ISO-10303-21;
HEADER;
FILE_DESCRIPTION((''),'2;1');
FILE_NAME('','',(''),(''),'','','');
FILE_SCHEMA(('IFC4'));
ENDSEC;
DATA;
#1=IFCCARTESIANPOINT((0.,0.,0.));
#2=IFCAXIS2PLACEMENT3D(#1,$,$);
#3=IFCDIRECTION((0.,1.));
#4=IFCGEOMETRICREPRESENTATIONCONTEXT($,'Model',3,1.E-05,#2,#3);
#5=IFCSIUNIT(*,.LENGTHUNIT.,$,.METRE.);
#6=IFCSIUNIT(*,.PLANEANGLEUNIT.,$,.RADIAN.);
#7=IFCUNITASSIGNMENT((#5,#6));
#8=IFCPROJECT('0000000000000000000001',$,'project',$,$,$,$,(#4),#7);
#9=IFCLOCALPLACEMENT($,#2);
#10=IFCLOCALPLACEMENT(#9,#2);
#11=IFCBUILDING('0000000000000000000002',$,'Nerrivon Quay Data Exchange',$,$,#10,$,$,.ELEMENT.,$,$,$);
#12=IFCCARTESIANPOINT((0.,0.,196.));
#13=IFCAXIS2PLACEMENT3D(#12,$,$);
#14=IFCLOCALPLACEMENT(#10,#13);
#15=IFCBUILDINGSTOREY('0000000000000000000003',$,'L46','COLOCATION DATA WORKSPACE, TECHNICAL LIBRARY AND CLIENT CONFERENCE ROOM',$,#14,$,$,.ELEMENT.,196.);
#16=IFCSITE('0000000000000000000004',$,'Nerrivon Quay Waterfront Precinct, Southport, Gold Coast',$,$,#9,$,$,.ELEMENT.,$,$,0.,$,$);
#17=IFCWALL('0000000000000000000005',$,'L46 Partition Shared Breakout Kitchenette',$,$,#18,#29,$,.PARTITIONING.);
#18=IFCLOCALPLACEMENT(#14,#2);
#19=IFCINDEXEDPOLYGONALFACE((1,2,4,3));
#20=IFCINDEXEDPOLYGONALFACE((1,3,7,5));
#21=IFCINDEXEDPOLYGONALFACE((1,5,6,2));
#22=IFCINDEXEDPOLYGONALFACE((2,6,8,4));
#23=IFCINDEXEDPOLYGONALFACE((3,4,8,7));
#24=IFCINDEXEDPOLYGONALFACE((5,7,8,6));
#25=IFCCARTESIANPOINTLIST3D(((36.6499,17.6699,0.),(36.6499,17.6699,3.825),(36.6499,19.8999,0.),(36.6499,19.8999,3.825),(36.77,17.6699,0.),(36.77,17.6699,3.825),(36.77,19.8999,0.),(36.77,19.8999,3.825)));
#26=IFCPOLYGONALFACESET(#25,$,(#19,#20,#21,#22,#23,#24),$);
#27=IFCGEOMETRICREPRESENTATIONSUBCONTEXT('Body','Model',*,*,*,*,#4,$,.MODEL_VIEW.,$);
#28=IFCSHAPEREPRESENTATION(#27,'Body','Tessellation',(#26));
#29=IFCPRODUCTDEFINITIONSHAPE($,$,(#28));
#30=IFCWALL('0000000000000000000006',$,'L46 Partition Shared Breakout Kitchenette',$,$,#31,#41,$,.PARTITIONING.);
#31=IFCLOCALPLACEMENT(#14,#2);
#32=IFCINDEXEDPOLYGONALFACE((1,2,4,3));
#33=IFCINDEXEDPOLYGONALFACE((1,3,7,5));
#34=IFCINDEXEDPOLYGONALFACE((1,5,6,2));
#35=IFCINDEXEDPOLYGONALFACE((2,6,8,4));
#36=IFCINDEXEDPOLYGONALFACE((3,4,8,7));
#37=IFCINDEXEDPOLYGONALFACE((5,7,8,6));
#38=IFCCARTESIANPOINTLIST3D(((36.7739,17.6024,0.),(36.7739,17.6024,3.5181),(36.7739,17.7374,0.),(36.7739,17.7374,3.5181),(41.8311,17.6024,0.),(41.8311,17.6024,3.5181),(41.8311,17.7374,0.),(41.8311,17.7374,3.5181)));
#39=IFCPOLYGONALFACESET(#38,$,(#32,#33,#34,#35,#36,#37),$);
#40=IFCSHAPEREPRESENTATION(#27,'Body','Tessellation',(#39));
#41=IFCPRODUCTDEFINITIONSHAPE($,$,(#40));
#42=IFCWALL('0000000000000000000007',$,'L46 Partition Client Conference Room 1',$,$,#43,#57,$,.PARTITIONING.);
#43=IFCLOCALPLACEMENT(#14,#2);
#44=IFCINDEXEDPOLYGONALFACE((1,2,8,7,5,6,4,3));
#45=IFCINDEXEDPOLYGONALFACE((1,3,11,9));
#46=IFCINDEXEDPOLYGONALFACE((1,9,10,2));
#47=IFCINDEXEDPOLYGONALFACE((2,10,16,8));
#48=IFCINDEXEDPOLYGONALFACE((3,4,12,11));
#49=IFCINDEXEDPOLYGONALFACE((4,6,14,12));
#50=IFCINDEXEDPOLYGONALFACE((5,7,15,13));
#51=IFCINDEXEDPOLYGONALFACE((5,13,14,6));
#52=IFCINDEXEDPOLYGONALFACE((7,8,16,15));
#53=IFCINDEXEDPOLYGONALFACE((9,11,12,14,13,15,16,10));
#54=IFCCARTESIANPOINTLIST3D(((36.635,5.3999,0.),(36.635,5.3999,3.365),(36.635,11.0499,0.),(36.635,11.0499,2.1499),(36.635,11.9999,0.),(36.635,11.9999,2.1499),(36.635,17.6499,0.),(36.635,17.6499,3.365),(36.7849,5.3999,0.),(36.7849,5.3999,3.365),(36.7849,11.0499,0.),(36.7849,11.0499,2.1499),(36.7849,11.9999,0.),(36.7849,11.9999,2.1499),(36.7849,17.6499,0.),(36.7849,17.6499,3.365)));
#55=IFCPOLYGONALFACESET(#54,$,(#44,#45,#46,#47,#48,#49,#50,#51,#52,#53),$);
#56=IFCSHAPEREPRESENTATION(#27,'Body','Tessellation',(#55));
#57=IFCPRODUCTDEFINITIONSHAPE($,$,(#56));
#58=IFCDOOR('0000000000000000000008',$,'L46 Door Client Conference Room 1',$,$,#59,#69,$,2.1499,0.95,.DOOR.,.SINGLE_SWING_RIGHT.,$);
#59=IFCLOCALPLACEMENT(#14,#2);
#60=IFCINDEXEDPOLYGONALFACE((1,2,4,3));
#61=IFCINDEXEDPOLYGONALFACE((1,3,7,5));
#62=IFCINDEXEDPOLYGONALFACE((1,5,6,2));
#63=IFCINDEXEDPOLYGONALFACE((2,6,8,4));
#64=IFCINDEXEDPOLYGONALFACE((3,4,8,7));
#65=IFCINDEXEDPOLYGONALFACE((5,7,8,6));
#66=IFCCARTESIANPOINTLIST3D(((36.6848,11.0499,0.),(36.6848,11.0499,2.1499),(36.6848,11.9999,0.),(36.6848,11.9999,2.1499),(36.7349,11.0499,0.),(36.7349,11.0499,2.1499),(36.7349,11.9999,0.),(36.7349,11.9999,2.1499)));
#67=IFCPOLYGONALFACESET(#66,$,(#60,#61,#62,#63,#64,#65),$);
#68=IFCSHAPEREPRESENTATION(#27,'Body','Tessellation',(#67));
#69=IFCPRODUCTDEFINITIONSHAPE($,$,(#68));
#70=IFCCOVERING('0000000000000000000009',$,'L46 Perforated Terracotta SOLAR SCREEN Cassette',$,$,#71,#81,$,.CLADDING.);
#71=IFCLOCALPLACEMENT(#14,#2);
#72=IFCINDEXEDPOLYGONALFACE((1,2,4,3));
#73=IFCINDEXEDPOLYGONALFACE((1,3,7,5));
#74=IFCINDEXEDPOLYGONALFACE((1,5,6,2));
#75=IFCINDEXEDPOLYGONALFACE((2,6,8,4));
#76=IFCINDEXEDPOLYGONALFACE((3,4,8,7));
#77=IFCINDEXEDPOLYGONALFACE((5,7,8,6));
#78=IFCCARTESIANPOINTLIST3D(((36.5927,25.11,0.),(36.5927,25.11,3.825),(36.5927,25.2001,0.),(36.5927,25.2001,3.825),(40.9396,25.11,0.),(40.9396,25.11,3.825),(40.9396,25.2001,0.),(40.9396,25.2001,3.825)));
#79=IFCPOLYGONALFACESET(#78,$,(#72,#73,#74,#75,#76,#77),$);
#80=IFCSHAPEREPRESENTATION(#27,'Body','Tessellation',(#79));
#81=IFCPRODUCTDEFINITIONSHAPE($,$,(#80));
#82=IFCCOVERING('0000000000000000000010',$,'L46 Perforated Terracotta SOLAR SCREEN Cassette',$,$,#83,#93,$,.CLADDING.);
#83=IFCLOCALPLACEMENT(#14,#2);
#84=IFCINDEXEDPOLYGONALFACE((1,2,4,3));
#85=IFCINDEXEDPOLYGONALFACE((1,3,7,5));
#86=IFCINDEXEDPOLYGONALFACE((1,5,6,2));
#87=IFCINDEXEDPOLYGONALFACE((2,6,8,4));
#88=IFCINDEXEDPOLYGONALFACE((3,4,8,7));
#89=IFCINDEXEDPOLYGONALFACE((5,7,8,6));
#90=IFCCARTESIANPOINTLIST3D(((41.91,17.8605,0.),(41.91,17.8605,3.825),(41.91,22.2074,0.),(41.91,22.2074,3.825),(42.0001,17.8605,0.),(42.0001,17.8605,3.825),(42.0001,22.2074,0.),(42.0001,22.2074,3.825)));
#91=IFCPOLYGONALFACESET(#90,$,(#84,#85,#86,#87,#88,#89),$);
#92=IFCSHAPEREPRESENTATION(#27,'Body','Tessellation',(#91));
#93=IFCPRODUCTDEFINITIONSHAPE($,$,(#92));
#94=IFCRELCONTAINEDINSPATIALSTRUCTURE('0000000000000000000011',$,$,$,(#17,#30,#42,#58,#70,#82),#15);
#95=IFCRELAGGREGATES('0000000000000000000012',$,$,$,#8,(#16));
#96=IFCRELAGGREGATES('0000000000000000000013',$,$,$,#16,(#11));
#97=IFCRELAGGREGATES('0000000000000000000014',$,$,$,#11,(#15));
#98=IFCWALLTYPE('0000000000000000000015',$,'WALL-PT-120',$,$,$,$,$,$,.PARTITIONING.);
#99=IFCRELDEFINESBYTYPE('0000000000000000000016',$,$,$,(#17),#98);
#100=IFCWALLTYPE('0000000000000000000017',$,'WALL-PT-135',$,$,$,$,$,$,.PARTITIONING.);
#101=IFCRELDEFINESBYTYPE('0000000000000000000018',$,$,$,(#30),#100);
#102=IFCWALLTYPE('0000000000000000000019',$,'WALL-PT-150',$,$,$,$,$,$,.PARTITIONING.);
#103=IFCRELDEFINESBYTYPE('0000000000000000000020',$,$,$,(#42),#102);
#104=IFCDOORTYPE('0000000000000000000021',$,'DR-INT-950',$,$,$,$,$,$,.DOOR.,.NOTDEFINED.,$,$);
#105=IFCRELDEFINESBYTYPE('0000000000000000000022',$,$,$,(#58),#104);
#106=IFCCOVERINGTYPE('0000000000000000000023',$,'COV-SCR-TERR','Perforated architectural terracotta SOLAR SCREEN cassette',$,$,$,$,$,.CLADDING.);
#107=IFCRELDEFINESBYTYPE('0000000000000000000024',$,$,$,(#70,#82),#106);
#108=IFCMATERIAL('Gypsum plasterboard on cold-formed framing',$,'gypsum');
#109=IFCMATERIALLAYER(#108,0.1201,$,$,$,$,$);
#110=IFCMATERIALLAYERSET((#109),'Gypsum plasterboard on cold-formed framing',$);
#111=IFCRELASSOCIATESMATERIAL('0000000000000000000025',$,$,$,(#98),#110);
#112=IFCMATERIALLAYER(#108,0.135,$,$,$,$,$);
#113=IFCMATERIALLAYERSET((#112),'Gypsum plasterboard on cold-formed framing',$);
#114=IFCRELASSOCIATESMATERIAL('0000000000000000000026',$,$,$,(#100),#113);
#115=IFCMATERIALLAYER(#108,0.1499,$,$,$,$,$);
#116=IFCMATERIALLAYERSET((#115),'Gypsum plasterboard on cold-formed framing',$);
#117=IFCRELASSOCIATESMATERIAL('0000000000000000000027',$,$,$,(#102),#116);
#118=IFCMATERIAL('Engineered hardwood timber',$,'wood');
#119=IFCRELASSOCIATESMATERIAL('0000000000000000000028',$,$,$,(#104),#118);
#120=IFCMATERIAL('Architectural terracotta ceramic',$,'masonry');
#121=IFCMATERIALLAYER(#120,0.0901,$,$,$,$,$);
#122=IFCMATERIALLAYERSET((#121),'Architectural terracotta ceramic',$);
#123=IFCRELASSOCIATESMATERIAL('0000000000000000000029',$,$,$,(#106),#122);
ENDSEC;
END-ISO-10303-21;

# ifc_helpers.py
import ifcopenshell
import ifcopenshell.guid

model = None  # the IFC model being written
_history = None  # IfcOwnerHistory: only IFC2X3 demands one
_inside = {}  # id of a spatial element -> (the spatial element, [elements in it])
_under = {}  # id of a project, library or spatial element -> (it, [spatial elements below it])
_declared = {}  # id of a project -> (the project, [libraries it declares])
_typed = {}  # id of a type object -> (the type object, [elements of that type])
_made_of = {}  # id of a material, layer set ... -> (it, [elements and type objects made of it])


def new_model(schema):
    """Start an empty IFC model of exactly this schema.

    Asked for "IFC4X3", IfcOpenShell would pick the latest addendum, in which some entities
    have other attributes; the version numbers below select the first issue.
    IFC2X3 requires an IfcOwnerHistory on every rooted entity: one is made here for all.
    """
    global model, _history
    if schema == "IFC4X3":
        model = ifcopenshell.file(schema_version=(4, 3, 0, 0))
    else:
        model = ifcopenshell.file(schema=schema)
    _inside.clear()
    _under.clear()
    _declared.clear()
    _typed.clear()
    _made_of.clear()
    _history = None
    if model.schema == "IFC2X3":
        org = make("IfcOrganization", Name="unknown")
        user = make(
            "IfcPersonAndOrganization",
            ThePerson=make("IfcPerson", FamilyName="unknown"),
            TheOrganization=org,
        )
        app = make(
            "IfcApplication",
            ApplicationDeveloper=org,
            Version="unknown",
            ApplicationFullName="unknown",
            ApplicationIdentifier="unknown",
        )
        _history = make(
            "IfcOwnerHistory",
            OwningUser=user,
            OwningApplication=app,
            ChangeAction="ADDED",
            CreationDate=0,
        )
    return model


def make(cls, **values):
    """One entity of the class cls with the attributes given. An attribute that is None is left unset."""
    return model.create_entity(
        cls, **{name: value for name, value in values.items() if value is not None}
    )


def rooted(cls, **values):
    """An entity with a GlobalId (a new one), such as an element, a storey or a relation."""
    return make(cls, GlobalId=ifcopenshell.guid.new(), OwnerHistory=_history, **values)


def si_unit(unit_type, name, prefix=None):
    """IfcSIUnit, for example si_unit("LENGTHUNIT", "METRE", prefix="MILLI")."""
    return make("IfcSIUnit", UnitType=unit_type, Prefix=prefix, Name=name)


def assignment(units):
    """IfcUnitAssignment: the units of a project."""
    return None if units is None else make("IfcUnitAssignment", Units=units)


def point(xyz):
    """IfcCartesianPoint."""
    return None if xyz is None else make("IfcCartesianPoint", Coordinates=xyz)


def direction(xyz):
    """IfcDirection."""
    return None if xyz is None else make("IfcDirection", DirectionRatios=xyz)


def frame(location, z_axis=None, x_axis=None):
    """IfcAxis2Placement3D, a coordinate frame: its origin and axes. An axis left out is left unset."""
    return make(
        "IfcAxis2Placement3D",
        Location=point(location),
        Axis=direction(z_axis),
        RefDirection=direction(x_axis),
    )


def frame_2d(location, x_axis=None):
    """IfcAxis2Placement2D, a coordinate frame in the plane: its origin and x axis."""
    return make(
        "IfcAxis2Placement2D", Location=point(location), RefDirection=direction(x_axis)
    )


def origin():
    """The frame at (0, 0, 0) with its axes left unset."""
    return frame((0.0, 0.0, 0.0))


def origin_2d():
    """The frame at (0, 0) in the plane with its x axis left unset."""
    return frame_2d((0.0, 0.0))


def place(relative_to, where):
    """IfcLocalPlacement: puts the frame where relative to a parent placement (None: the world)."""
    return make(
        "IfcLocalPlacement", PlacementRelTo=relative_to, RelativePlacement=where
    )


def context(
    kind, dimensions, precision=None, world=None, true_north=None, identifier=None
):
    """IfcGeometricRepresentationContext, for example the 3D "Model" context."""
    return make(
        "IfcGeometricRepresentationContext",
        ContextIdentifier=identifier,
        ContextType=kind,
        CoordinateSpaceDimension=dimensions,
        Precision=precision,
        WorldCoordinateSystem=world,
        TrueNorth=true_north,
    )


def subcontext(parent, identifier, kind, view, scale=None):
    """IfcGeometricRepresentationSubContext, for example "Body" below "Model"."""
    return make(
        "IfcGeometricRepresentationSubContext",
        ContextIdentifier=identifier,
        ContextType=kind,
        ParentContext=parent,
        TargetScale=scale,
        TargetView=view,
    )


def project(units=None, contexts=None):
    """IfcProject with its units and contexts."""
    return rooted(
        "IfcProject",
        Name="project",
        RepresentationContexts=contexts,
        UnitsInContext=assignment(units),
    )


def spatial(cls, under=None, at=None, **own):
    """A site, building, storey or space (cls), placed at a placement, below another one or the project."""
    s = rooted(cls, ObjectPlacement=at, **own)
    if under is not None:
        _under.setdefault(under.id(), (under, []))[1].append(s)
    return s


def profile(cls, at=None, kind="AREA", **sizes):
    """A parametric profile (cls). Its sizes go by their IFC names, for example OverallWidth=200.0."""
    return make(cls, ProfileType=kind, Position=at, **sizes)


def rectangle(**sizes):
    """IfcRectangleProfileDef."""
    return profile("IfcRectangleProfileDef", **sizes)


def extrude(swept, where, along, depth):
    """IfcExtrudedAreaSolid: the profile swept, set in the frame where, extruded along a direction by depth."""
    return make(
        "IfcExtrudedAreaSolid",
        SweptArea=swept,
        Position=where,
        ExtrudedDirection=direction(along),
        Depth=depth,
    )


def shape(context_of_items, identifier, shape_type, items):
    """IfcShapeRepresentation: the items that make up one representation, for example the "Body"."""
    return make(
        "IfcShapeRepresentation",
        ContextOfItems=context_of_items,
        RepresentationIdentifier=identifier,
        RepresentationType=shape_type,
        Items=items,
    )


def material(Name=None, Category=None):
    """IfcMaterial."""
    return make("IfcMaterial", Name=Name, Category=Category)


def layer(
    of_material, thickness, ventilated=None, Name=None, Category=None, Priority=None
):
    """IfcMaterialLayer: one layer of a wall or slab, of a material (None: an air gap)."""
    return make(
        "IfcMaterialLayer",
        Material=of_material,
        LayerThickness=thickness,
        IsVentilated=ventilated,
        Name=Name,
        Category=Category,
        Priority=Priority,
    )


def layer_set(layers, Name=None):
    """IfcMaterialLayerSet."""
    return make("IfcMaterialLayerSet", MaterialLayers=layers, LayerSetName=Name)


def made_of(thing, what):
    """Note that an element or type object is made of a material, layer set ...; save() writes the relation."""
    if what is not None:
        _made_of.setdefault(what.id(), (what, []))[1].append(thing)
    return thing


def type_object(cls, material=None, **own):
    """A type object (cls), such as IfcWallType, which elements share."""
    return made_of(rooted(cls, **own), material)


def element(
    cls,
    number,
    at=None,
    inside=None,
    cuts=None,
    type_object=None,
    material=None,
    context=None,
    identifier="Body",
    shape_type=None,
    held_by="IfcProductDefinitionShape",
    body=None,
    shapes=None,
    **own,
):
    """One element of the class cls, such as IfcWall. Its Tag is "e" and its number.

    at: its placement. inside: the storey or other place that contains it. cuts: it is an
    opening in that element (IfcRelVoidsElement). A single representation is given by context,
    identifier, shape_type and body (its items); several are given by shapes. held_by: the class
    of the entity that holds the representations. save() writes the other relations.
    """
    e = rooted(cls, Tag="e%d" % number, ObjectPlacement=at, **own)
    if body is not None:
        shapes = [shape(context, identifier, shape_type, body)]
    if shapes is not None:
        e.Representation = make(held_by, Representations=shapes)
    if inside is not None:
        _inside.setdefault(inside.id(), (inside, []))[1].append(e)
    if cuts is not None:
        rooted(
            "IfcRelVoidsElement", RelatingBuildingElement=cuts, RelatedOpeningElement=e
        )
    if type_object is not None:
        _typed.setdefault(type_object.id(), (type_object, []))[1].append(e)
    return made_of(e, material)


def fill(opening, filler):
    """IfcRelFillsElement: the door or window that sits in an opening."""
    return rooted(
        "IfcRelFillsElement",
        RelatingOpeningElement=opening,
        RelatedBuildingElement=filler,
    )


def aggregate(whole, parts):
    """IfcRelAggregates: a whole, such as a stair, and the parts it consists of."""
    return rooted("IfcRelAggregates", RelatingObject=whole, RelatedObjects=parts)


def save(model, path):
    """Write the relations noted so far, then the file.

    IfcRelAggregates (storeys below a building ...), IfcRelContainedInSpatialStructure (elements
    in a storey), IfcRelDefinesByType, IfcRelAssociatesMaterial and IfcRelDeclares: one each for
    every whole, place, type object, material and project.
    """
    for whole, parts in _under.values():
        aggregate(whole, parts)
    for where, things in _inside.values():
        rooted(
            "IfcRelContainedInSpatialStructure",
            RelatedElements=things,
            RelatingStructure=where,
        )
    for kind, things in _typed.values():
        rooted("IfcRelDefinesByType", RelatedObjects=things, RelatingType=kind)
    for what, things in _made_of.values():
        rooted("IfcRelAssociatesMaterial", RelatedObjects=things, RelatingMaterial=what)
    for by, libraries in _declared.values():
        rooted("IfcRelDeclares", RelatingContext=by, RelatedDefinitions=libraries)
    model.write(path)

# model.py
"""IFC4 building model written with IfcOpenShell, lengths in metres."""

from ifc_helpers import new_model, si_unit, direction, frame, frame_2d, origin, origin_2d, place, context, subcontext, project, spatial, rectangle, extrude, material, layer, layer_set, type_object, element, fill, save


model = new_model("IFC4")

# Units and contexts
model_context = context("Model", 3, precision=1e-05, world=origin(), true_north=direction((0.0, 1.0)))
body_context = subcontext(model_context, "Body", "Model", "MODEL_VIEW")
ifc_project = project(units=[si_unit("LENGTHUNIT", "METRE"), si_unit("PLANEANGLEUNIT", "RADIAN")], contexts=[model_context])

# Site, building, storey
site_placement = place(None, origin())
site = spatial("IfcSite", under=ifc_project, at=site_placement, Name="Nerrivon Quay Waterfront Precinct, Southport, Gold Coast", CompositionType="ELEMENT", RefElevation=0.0)
building_placement = place(site_placement, origin())
building = spatial("IfcBuilding", under=site, at=building_placement, Name="Nerrivon Quay Data Exchange", CompositionType="ELEMENT")
storey_placement = place(building_placement, frame((0.0, 0.0, 196.0)))
storey = spatial("IfcBuildingStorey", under=building, at=storey_placement, Name="L46", Description="COLOCATION DATA WORKSPACE, TECHNICAL LIBRARY AND CLIENT CONFERENCE ROOM", CompositionType="ELEMENT", Elevation=196.0)

# Walls
ifc_material_1 = material(Name="Gypsum plasterboard on cold-formed framing", Category="gypsum")
ifc_layer_1 = layer(ifc_material_1, 0.1201)
ifc_layer_set_1 = layer_set([ifc_layer_1], Name="Gypsum plasterboard on cold-formed framing")
wall_type_1 = type_object("IfcWallType", Name="WALL-PT-120", PredefinedType="PARTITIONING", material=ifc_layer_set_1)
wall_1_placement = place(storey_placement, frame((36.71, 19.8999, 0.0), z_axis=(0.0, 0.0, 1.0), x_axis=(0.0, -1.0, 0.0)))
element("IfcWall", 1, at=wall_1_placement, inside=storey, type_object=wall_type_1, Name="L46 Partition Shared Breakout Kitchenette", PredefinedType="PARTITIONING", context=body_context, shape_type="SweptSolid", body=[
    extrude(rectangle(XDim=2.23, YDim=0.1201, at=frame_2d((1.115, 0.0))), origin(), (0.0, 0.0, 1.0), 3.825),
])
ifc_layer_2 = layer(ifc_material_1, 0.135)
ifc_layer_set_2 = layer_set([ifc_layer_2], Name="Gypsum plasterboard on cold-formed framing")
wall_type_2 = type_object("IfcWallType", Name="WALL-PT-135", PredefinedType="PARTITIONING", material=ifc_layer_set_2)
wall_2_placement = place(storey_placement, frame((36.7739, 17.6699, 0.0), z_axis=(0.0, 0.0, 1.0), x_axis=(1.0, 0.0, 0.0)))
element("IfcWall", 2, at=wall_2_placement, inside=storey, type_object=wall_type_2, Name="L46 Partition Shared Breakout Kitchenette", PredefinedType="PARTITIONING", context=body_context, shape_type="SweptSolid", body=[
    extrude(rectangle(XDim=5.0571, YDim=0.135, at=frame_2d((2.5286, 0.0))), origin(), (0.0, 0.0, 1.0), 3.5181),
])

# Wall, opening, door
ifc_layer_3 = layer(ifc_material_1, 0.1499)
ifc_layer_set_3 = layer_set([ifc_layer_3], Name="Gypsum plasterboard on cold-formed framing")
wall_type_3 = type_object("IfcWallType", Name="WALL-PT-150", PredefinedType="PARTITIONING", material=ifc_layer_set_3)
wall_3_placement = place(storey_placement, frame((36.71, 17.6499, 0.0), z_axis=(0.0, 0.0, 1.0), x_axis=(0.0, -1.0, 0.0)))
wall_3 = element("IfcWall", 3, at=wall_3_placement, inside=storey, type_object=wall_type_3, Name="L46 Partition Client Conference Room 1", PredefinedType="PARTITIONING", context=body_context, shape_type="SweptSolid", body=[
    extrude(rectangle(XDim=12.25, YDim=0.1499, at=frame_2d((6.125, 0.0))), origin(), (0.0, 0.0, 1.0), 3.365),
])
opening_placement = place(wall_3_placement, frame((5.6499, 0.0, 0.0)))
opening = element("IfcOpeningElement", 4, at=opening_placement, cuts=wall_3, PredefinedType="OPENING", context=body_context, shape_type="SweptSolid", body=[
    extrude(rectangle(XDim=0.95, YDim=2.1499, at=frame_2d((0.4751, 1.075))), frame((0.0, 0.085, 0.0), z_axis=(0.0, -1.0, 0.0), x_axis=(1.0, 0.0, 0.0)), (0.0, 0.0, 1.0), 0.1699),
])
ifc_material_2 = material(Name="Engineered hardwood timber", Category="wood")
door_type = type_object("IfcDoorType", Name="DR-INT-950", OperationType="NOTDEFINED", PredefinedType="DOOR", material=ifc_material_2)
door_placement = place(opening_placement, origin())
door = element("IfcDoor", 5, at=door_placement, inside=storey, type_object=door_type, Name="L46 Door Client Conference Room 1", OperationType="SINGLE_SWING_RIGHT", OverallHeight=2.1499, OverallWidth=0.95, PredefinedType="DOOR", context=body_context, shape_type="SweptSolid", body=[
    extrude(rectangle(XDim=0.95, YDim=2.1499, at=frame_2d((0.4751, 1.075))), frame((0.0, 0.0249, 0.0), z_axis=(0.0, -1.0, 0.0), x_axis=(1.0, 0.0, 0.0)), (0.0, 0.0, 1.0), 0.05),
])
fill(opening, door)

# Coverings
ifc_material_3 = material(Name="Architectural terracotta ceramic", Category="masonry")
ifc_layer_4 = layer(ifc_material_3, 0.0901)
ifc_layer_set_4 = layer_set([ifc_layer_4], Name="Architectural terracotta ceramic")
covering_type = type_object("IfcCoveringType", Name="COV-SCR-TERR", Description="Perforated architectural terracotta SOLAR SCREEN cassette", PredefinedType="CLADDING", material=ifc_layer_set_4)
for number, where, z_axis, x_axis, name in (
    (6, (38.7661, 25.155, 0.0), (0.0, 0.0, 1.0), (1.0, 0.0, 0.0), "L46 Perforated Terracotta SOLAR SCREEN Cassette"),
    (7, (41.9551, 20.0339, 0.0), (0.0, 0.0, 1.0), (0.0, -1.0, 0.0), "L46 Perforated Terracotta SOLAR SCREEN Cassette"),
):
    element("IfcCovering", number, at=place(storey_placement, frame(where, z_axis=z_axis, x_axis=x_axis)), inside=storey, type_object=covering_type, Name=name, PredefinedType="CLADDING", context=body_context, shape_type="SweptSolid", body=[
        extrude(rectangle(XDim=4.3469, YDim=0.0901, at=origin_2d()), origin(), (0.0, 0.0, 1.0), 3.825),
    ])

save(model, "model.ifc")
